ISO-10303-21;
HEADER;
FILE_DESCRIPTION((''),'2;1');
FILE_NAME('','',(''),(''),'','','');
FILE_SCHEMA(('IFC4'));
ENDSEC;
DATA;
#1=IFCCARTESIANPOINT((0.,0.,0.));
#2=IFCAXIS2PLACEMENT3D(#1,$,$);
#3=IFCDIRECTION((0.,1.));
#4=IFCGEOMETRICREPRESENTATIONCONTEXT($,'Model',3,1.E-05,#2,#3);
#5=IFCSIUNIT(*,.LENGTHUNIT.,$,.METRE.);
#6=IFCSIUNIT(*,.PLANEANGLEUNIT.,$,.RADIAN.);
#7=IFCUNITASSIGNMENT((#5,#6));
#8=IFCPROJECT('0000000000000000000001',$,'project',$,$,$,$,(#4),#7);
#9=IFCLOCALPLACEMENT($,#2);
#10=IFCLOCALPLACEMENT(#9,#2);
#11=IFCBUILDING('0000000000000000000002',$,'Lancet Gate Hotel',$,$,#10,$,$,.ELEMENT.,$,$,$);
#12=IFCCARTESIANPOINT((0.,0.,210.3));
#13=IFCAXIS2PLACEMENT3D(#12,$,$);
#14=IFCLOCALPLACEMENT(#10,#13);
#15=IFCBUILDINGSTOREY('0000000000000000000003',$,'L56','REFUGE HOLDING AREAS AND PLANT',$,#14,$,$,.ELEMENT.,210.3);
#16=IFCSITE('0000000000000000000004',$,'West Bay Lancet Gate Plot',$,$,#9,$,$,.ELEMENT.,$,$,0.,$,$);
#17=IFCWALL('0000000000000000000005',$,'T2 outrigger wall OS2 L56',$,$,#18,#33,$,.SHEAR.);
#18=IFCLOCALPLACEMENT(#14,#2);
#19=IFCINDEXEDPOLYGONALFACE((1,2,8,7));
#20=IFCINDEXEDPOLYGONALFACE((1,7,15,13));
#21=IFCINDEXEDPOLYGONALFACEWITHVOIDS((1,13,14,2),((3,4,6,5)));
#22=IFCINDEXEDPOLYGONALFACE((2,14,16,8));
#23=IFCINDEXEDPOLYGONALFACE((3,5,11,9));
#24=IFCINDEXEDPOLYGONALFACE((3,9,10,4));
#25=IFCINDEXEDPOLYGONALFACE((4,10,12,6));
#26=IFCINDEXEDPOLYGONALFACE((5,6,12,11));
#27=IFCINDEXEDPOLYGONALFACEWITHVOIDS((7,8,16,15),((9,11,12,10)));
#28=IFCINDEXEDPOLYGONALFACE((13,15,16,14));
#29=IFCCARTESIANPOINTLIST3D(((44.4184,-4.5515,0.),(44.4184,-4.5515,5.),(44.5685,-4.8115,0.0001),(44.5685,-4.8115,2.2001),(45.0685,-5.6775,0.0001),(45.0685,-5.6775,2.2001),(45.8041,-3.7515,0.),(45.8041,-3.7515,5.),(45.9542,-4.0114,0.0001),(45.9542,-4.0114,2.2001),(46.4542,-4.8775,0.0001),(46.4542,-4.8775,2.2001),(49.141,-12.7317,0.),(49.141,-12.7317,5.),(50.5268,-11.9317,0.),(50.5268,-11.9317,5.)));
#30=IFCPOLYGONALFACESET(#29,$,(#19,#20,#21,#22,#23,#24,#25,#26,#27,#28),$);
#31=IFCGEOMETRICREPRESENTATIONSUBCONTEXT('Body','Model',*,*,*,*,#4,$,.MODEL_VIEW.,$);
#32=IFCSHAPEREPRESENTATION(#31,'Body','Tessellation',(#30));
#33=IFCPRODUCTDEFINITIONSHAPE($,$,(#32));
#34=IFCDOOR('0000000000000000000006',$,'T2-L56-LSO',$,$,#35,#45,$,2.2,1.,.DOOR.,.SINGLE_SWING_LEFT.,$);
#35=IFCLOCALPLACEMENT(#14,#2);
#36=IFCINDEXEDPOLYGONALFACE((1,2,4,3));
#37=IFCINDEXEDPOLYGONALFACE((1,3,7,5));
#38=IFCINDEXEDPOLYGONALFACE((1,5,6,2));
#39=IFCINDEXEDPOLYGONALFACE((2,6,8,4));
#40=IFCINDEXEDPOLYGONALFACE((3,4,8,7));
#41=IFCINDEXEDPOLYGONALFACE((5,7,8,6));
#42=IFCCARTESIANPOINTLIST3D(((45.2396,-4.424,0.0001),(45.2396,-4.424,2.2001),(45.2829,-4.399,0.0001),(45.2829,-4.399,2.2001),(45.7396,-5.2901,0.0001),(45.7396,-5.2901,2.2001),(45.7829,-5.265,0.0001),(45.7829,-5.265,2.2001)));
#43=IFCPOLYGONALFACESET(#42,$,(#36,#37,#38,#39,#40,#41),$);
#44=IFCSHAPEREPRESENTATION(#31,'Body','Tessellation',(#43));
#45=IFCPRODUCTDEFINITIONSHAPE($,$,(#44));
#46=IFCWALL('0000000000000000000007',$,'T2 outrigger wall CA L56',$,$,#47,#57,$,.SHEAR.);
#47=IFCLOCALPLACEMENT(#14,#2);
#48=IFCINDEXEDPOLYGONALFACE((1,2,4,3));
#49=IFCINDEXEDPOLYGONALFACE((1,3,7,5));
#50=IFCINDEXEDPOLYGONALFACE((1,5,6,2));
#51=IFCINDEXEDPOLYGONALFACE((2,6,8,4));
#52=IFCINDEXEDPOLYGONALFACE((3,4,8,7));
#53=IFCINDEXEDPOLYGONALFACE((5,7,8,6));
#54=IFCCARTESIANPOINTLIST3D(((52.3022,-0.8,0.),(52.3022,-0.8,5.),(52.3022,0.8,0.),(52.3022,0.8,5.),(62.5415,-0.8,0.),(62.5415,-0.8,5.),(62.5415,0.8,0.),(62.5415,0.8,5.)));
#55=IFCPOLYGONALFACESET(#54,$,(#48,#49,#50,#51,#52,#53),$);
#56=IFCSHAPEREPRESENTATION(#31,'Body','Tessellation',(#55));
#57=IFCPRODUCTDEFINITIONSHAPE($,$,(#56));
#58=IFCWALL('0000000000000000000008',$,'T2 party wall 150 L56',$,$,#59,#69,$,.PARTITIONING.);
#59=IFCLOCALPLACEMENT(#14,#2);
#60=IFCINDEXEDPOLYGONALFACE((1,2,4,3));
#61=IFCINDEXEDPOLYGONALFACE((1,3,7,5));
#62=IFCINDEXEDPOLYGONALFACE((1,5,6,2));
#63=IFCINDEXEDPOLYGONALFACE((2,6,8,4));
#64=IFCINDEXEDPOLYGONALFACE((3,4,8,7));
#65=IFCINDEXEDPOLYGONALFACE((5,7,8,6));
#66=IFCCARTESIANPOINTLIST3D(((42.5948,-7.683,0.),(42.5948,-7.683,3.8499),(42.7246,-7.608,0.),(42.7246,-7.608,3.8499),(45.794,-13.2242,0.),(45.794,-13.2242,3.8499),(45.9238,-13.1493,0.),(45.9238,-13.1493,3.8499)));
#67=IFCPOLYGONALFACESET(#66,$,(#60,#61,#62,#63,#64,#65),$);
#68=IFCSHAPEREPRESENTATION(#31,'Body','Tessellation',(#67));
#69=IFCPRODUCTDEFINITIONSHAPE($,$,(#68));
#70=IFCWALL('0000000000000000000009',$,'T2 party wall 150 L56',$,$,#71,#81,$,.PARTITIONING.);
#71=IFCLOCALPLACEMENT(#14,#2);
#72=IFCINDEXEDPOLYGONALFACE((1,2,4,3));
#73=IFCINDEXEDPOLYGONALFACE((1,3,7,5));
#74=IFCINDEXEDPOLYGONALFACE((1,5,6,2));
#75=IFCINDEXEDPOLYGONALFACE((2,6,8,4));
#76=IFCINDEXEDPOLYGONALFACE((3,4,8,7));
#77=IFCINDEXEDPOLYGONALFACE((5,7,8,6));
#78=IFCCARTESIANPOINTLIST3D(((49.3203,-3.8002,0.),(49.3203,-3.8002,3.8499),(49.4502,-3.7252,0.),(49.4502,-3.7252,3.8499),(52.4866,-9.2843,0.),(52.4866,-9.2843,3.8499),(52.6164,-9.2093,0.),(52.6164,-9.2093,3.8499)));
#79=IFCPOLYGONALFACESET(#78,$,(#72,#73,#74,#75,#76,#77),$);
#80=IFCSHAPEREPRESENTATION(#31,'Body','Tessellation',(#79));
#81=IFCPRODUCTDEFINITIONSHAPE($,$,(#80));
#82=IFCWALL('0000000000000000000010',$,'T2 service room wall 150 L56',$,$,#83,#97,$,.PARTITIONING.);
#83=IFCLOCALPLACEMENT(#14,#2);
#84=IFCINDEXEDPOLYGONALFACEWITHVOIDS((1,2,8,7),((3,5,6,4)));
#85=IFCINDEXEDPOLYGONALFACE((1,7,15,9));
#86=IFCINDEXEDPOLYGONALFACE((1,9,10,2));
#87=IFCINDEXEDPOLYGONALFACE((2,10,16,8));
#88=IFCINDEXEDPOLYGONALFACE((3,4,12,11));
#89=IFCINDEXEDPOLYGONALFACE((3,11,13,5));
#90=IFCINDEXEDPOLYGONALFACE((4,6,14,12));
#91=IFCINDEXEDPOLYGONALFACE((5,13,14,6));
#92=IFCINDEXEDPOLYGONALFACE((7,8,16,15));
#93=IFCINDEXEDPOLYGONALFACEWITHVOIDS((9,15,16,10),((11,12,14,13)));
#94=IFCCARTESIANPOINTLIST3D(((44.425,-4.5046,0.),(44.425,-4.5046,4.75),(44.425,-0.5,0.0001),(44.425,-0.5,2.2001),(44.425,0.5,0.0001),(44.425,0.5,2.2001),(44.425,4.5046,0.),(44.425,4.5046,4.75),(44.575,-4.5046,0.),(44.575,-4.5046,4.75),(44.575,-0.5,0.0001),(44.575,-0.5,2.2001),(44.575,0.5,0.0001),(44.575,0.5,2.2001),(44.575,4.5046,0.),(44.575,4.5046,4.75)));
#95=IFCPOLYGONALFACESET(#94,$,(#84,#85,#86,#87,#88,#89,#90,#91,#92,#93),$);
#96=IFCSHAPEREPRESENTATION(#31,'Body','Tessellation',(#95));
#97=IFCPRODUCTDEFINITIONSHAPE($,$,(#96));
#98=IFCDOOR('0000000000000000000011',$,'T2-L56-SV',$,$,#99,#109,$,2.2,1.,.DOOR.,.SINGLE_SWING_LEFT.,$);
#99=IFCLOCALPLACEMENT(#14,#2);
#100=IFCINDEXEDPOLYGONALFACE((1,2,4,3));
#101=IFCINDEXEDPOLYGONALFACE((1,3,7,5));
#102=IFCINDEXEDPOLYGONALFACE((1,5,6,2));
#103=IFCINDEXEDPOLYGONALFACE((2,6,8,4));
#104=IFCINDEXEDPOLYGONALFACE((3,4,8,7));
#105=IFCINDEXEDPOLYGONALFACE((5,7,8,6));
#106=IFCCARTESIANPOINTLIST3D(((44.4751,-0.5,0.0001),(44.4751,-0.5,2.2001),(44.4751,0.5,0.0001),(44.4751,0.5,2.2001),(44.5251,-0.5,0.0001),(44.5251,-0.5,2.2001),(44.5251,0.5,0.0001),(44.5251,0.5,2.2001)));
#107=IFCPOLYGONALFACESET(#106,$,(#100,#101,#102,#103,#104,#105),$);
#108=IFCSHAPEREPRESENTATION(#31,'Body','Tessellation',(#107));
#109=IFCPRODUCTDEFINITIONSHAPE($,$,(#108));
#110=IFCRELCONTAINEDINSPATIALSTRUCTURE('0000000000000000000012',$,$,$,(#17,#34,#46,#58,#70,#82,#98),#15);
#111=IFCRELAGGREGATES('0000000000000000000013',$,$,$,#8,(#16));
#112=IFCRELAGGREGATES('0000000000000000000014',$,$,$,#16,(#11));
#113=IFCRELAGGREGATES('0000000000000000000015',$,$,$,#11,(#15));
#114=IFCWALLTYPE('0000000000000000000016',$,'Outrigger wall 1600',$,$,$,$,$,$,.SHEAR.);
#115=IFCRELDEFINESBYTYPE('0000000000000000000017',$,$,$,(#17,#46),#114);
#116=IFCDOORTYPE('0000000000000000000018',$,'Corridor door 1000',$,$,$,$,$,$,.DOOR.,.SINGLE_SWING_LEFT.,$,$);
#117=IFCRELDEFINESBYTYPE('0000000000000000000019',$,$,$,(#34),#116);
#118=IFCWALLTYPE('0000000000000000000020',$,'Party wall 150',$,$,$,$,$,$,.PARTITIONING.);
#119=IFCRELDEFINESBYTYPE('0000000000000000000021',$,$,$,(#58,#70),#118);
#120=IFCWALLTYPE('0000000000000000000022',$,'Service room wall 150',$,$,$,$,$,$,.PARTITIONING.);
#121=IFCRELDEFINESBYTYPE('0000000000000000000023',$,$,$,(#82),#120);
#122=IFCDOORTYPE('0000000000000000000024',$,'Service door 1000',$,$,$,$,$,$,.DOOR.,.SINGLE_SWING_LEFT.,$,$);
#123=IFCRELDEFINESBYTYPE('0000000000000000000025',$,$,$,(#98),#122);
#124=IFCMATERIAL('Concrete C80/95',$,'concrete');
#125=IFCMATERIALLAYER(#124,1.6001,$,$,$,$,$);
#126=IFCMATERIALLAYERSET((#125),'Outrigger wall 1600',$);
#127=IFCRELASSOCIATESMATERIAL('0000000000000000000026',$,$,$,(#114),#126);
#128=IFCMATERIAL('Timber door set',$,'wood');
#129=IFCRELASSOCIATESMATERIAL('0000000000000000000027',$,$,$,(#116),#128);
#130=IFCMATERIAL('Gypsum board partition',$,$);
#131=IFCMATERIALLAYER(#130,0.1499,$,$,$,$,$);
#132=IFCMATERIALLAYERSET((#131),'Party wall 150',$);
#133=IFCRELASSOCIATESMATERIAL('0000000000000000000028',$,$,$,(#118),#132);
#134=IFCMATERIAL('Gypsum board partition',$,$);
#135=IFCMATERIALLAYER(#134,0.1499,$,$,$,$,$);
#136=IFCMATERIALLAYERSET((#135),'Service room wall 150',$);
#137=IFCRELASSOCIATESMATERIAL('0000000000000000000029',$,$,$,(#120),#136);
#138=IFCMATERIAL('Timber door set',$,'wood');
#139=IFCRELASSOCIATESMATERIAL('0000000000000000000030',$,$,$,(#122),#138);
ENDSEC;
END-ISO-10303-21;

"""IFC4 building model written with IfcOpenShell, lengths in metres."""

from ifc_helpers import new_model, si_unit, direction, frame, frame_2d, origin, place, context, subcontext, project, spatial, rectangle, extrude, material, layer, layer_set, type_object, element, fill, save


model = new_model("IFC4")

# Units and contexts
model_context = context("Model", 3, precision=1e-05, world=origin(), true_north=direction((0.0, 1.0)))
body_context = subcontext(model_context, "Body", "Model", "MODEL_VIEW")
ifc_project = project(units=[si_unit("LENGTHUNIT", "METRE"), si_unit("PLANEANGLEUNIT", "RADIAN")], contexts=[model_context])

# Site, building, storey
site_placement = place(None, origin())
site = spatial("IfcSite", under=ifc_project, at=site_placement, Name="West Bay Lancet Gate Plot", CompositionType="ELEMENT", RefElevation=0.0)
building_placement = place(site_placement, origin())
building = spatial("IfcBuilding", under=site, at=building_placement, Name="Lancet Gate Hotel", CompositionType="ELEMENT")
storey_placement = place(building_placement, frame((0.0, 0.0, 210.3)))
storey = spatial("IfcBuildingStorey", under=building, at=storey_placement, Name="L56", Description="REFUGE HOLDING AREAS AND PLANT", CompositionType="ELEMENT", Elevation=210.3)

# Wall, opening, door
ifc_material_1 = material(Name="Concrete C80/95", Category="concrete")
ifc_layer_1 = layer(ifc_material_1, 1.6001)
ifc_layer_set_1 = layer_set([ifc_layer_1], Name="Outrigger wall 1600")
wall_type_1 = type_object("IfcWallType", Name="Outrigger wall 1600", PredefinedType="SHEAR", material=ifc_layer_set_1)
wall_1_placement = place(storey_placement, frame((45.1113, -4.1516, 0.0), z_axis=(0.0, 0.0, 1.0), x_axis=(0.499986, -0.866033, 0.0)))
wall_1 = element("IfcWall", 1, at=wall_1_placement, inside=storey, type_object=wall_type_1, Name="T2 outrigger wall OS2 L56", PredefinedType="SHEAR", context=body_context, shape_type="SweptSolid", body=[
    extrude(rectangle(XDim=9.4456, YDim=1.6001, at=frame_2d((4.7227, 0.0))), origin(), (0.0, 0.0, 1.0), 5.0),
])
opening_1_placement = place(wall_1_placement, frame((0.3, 0.0, 0.0)))
opening_1 = element("IfcOpeningElement", 2, at=opening_1_placement, cuts=wall_1, PredefinedType="OPENING", context=body_context, shape_type="SweptSolid", body=[
    extrude(rectangle(XDim=1.0, YDim=2.2, at=frame_2d((0.5, 1.1001))), frame((0.0, 0.8101, 0.0), z_axis=(0.0, -1.0, 0.0), x_axis=(1.0, 0.0, 0.0)), (0.0, 0.0, 1.0), 1.6201),
])
ifc_material_2 = material(Name="Timber door set", Category="wood")
door_type_1 = type_object("IfcDoorType", Name="Corridor door 1000", OperationType="SINGLE_SWING_LEFT", PredefinedType="DOOR", material=ifc_material_2)
door_1_placement = place(opening_1_placement, origin())
door_1 = element("IfcDoor", 3, at=door_1_placement, inside=storey, type_object=door_type_1, Name="T2-L56-LSO", OperationType="SINGLE_SWING_LEFT", OverallHeight=2.2, OverallWidth=1.0, PredefinedType="DOOR", context=body_context, shape_type="SweptSolid", body=[
    extrude(rectangle(XDim=1.0, YDim=2.2, at=frame_2d((0.5, 1.1001))), frame((0.0, 0.0249, 0.0), z_axis=(0.0, -1.0, 0.0), x_axis=(1.0, 0.0, 0.0)), (0.0, 0.0, 1.0), 0.05),
])
fill(opening_1, door_1)

# Walls
wall_2_placement = place(storey_placement, frame((52.3022, 0.0, 0.0), z_axis=(0.0, 0.0, 1.0), x_axis=(1.0, 0.0, 0.0)))
element("IfcWall", 4, at=wall_2_placement, inside=storey, type_object=wall_type_1, Name="T2 outrigger wall CA L56", PredefinedType="SHEAR", context=body_context, shape_type="SweptSolid", body=[
    extrude(rectangle(XDim=10.2393, YDim=1.6001, at=frame_2d((5.1196, 0.0))), origin(), (0.0, 0.0, 1.0), 5.0),
])
ifc_material_3 = material(Name="Gypsum board partition")
ifc_layer_2 = layer(ifc_material_3, 0.1499)
ifc_layer_set_2 = layer_set([ifc_layer_2], Name="Party wall 150")
wall_type_2 = type_object("IfcWallType", Name="Party wall 150", PredefinedType="PARTITIONING", material=ifc_layer_set_2)
wall_3_placement = place(storey_placement, frame((42.6597, -7.6455, 0.0), z_axis=(0.0, 0.0, 1.0), x_axis=(0.499997, -0.866027, 0.0)))
element("IfcWall", 5, at=wall_3_placement, inside=storey, type_object=wall_type_2, Name="T2 party wall 150 L56", PredefinedType="PARTITIONING", context=body_context, shape_type="SweptSolid", body=[
    extrude(rectangle(XDim=6.3984, YDim=0.1499, at=frame_2d((3.1992, 0.0))), origin(), (0.0, 0.0, 1.0), 3.8499),
])
wall_4_placement = place(storey_placement, frame((49.3853, -3.7627, 0.0), z_axis=(0.0, 0.0, 1.0), x_axis=(0.499999, -0.866026, 0.0)))
element("IfcWall", 6, at=wall_4_placement, inside=storey, type_object=wall_type_2, Name="T2 party wall 150 L56", PredefinedType="PARTITIONING", context=body_context, shape_type="SweptSolid", body=[
    extrude(rectangle(XDim=6.3325, YDim=0.1499, at=frame_2d((3.1663, 0.0))), origin(), (0.0, 0.0, 1.0), 3.8499),
])

# Wall, opening, door
ifc_material_4 = material(Name="Gypsum board partition")
ifc_layer_3 = layer(ifc_material_4, 0.1499)
ifc_layer_set_3 = layer_set([ifc_layer_3], Name="Service room wall 150")
wall_type_3 = type_object("IfcWallType", Name="Service room wall 150", PredefinedType="PARTITIONING", material=ifc_layer_set_3)
wall_5_placement = place(storey_placement, frame((44.5, -4.5046, 0.0), z_axis=(0.0, 0.0, 1.0), x_axis=(0.0, 1.0, 0.0)))
wall_5 = element("IfcWall", 7, at=wall_5_placement, inside=storey, type_object=wall_type_3, Name="T2 service room wall 150 L56", PredefinedType="PARTITIONING", context=body_context, shape_type="SweptSolid", body=[
    extrude(rectangle(XDim=9.0093, YDim=0.1499, at=frame_2d((4.5046, 0.0))), origin(), (0.0, 0.0, 1.0), 4.75),
])
opening_2_placement = place(wall_5_placement, frame((4.0046, 0.0, 0.0)))
opening_2 = element("IfcOpeningElement", 8, at=opening_2_placement, cuts=wall_5, PredefinedType="OPENING", context=body_context, shape_type="SweptSolid", body=[
    extrude(rectangle(XDim=1.0, YDim=2.2, at=frame_2d((0.5, 1.1001))), frame((0.0, 0.085, 0.0), z_axis=(0.0, -1.0, 0.0), x_axis=(1.0, 0.0, 0.0)), (0.0, 0.0, 1.0), 0.1699),
])
ifc_material_5 = material(Name="Timber door set", Category="wood")
door_type_2 = type_object("IfcDoorType", Name="Service door 1000", OperationType="SINGLE_SWING_LEFT", PredefinedType="DOOR", material=ifc_material_5)
door_2_placement = place(opening_2_placement, origin())
door_2 = element("IfcDoor", 9, at=door_2_placement, inside=storey, type_object=door_type_2, Name="T2-L56-SV", OperationType="SINGLE_SWING_LEFT", OverallHeight=2.2, OverallWidth=1.0, PredefinedType="DOOR", context=body_context, shape_type="SweptSolid", body=[
    extrude(rectangle(XDim=1.0, YDim=2.2, at=frame_2d((0.5, 1.1001))), frame((0.0, 0.0249, 0.0), z_axis=(0.0, -1.0, 0.0), x_axis=(1.0, 0.0, 0.0)), (0.0, 0.0, 1.0), 0.05),
])
fill(opening_2, door_2)

save(model, "model.ifc")
